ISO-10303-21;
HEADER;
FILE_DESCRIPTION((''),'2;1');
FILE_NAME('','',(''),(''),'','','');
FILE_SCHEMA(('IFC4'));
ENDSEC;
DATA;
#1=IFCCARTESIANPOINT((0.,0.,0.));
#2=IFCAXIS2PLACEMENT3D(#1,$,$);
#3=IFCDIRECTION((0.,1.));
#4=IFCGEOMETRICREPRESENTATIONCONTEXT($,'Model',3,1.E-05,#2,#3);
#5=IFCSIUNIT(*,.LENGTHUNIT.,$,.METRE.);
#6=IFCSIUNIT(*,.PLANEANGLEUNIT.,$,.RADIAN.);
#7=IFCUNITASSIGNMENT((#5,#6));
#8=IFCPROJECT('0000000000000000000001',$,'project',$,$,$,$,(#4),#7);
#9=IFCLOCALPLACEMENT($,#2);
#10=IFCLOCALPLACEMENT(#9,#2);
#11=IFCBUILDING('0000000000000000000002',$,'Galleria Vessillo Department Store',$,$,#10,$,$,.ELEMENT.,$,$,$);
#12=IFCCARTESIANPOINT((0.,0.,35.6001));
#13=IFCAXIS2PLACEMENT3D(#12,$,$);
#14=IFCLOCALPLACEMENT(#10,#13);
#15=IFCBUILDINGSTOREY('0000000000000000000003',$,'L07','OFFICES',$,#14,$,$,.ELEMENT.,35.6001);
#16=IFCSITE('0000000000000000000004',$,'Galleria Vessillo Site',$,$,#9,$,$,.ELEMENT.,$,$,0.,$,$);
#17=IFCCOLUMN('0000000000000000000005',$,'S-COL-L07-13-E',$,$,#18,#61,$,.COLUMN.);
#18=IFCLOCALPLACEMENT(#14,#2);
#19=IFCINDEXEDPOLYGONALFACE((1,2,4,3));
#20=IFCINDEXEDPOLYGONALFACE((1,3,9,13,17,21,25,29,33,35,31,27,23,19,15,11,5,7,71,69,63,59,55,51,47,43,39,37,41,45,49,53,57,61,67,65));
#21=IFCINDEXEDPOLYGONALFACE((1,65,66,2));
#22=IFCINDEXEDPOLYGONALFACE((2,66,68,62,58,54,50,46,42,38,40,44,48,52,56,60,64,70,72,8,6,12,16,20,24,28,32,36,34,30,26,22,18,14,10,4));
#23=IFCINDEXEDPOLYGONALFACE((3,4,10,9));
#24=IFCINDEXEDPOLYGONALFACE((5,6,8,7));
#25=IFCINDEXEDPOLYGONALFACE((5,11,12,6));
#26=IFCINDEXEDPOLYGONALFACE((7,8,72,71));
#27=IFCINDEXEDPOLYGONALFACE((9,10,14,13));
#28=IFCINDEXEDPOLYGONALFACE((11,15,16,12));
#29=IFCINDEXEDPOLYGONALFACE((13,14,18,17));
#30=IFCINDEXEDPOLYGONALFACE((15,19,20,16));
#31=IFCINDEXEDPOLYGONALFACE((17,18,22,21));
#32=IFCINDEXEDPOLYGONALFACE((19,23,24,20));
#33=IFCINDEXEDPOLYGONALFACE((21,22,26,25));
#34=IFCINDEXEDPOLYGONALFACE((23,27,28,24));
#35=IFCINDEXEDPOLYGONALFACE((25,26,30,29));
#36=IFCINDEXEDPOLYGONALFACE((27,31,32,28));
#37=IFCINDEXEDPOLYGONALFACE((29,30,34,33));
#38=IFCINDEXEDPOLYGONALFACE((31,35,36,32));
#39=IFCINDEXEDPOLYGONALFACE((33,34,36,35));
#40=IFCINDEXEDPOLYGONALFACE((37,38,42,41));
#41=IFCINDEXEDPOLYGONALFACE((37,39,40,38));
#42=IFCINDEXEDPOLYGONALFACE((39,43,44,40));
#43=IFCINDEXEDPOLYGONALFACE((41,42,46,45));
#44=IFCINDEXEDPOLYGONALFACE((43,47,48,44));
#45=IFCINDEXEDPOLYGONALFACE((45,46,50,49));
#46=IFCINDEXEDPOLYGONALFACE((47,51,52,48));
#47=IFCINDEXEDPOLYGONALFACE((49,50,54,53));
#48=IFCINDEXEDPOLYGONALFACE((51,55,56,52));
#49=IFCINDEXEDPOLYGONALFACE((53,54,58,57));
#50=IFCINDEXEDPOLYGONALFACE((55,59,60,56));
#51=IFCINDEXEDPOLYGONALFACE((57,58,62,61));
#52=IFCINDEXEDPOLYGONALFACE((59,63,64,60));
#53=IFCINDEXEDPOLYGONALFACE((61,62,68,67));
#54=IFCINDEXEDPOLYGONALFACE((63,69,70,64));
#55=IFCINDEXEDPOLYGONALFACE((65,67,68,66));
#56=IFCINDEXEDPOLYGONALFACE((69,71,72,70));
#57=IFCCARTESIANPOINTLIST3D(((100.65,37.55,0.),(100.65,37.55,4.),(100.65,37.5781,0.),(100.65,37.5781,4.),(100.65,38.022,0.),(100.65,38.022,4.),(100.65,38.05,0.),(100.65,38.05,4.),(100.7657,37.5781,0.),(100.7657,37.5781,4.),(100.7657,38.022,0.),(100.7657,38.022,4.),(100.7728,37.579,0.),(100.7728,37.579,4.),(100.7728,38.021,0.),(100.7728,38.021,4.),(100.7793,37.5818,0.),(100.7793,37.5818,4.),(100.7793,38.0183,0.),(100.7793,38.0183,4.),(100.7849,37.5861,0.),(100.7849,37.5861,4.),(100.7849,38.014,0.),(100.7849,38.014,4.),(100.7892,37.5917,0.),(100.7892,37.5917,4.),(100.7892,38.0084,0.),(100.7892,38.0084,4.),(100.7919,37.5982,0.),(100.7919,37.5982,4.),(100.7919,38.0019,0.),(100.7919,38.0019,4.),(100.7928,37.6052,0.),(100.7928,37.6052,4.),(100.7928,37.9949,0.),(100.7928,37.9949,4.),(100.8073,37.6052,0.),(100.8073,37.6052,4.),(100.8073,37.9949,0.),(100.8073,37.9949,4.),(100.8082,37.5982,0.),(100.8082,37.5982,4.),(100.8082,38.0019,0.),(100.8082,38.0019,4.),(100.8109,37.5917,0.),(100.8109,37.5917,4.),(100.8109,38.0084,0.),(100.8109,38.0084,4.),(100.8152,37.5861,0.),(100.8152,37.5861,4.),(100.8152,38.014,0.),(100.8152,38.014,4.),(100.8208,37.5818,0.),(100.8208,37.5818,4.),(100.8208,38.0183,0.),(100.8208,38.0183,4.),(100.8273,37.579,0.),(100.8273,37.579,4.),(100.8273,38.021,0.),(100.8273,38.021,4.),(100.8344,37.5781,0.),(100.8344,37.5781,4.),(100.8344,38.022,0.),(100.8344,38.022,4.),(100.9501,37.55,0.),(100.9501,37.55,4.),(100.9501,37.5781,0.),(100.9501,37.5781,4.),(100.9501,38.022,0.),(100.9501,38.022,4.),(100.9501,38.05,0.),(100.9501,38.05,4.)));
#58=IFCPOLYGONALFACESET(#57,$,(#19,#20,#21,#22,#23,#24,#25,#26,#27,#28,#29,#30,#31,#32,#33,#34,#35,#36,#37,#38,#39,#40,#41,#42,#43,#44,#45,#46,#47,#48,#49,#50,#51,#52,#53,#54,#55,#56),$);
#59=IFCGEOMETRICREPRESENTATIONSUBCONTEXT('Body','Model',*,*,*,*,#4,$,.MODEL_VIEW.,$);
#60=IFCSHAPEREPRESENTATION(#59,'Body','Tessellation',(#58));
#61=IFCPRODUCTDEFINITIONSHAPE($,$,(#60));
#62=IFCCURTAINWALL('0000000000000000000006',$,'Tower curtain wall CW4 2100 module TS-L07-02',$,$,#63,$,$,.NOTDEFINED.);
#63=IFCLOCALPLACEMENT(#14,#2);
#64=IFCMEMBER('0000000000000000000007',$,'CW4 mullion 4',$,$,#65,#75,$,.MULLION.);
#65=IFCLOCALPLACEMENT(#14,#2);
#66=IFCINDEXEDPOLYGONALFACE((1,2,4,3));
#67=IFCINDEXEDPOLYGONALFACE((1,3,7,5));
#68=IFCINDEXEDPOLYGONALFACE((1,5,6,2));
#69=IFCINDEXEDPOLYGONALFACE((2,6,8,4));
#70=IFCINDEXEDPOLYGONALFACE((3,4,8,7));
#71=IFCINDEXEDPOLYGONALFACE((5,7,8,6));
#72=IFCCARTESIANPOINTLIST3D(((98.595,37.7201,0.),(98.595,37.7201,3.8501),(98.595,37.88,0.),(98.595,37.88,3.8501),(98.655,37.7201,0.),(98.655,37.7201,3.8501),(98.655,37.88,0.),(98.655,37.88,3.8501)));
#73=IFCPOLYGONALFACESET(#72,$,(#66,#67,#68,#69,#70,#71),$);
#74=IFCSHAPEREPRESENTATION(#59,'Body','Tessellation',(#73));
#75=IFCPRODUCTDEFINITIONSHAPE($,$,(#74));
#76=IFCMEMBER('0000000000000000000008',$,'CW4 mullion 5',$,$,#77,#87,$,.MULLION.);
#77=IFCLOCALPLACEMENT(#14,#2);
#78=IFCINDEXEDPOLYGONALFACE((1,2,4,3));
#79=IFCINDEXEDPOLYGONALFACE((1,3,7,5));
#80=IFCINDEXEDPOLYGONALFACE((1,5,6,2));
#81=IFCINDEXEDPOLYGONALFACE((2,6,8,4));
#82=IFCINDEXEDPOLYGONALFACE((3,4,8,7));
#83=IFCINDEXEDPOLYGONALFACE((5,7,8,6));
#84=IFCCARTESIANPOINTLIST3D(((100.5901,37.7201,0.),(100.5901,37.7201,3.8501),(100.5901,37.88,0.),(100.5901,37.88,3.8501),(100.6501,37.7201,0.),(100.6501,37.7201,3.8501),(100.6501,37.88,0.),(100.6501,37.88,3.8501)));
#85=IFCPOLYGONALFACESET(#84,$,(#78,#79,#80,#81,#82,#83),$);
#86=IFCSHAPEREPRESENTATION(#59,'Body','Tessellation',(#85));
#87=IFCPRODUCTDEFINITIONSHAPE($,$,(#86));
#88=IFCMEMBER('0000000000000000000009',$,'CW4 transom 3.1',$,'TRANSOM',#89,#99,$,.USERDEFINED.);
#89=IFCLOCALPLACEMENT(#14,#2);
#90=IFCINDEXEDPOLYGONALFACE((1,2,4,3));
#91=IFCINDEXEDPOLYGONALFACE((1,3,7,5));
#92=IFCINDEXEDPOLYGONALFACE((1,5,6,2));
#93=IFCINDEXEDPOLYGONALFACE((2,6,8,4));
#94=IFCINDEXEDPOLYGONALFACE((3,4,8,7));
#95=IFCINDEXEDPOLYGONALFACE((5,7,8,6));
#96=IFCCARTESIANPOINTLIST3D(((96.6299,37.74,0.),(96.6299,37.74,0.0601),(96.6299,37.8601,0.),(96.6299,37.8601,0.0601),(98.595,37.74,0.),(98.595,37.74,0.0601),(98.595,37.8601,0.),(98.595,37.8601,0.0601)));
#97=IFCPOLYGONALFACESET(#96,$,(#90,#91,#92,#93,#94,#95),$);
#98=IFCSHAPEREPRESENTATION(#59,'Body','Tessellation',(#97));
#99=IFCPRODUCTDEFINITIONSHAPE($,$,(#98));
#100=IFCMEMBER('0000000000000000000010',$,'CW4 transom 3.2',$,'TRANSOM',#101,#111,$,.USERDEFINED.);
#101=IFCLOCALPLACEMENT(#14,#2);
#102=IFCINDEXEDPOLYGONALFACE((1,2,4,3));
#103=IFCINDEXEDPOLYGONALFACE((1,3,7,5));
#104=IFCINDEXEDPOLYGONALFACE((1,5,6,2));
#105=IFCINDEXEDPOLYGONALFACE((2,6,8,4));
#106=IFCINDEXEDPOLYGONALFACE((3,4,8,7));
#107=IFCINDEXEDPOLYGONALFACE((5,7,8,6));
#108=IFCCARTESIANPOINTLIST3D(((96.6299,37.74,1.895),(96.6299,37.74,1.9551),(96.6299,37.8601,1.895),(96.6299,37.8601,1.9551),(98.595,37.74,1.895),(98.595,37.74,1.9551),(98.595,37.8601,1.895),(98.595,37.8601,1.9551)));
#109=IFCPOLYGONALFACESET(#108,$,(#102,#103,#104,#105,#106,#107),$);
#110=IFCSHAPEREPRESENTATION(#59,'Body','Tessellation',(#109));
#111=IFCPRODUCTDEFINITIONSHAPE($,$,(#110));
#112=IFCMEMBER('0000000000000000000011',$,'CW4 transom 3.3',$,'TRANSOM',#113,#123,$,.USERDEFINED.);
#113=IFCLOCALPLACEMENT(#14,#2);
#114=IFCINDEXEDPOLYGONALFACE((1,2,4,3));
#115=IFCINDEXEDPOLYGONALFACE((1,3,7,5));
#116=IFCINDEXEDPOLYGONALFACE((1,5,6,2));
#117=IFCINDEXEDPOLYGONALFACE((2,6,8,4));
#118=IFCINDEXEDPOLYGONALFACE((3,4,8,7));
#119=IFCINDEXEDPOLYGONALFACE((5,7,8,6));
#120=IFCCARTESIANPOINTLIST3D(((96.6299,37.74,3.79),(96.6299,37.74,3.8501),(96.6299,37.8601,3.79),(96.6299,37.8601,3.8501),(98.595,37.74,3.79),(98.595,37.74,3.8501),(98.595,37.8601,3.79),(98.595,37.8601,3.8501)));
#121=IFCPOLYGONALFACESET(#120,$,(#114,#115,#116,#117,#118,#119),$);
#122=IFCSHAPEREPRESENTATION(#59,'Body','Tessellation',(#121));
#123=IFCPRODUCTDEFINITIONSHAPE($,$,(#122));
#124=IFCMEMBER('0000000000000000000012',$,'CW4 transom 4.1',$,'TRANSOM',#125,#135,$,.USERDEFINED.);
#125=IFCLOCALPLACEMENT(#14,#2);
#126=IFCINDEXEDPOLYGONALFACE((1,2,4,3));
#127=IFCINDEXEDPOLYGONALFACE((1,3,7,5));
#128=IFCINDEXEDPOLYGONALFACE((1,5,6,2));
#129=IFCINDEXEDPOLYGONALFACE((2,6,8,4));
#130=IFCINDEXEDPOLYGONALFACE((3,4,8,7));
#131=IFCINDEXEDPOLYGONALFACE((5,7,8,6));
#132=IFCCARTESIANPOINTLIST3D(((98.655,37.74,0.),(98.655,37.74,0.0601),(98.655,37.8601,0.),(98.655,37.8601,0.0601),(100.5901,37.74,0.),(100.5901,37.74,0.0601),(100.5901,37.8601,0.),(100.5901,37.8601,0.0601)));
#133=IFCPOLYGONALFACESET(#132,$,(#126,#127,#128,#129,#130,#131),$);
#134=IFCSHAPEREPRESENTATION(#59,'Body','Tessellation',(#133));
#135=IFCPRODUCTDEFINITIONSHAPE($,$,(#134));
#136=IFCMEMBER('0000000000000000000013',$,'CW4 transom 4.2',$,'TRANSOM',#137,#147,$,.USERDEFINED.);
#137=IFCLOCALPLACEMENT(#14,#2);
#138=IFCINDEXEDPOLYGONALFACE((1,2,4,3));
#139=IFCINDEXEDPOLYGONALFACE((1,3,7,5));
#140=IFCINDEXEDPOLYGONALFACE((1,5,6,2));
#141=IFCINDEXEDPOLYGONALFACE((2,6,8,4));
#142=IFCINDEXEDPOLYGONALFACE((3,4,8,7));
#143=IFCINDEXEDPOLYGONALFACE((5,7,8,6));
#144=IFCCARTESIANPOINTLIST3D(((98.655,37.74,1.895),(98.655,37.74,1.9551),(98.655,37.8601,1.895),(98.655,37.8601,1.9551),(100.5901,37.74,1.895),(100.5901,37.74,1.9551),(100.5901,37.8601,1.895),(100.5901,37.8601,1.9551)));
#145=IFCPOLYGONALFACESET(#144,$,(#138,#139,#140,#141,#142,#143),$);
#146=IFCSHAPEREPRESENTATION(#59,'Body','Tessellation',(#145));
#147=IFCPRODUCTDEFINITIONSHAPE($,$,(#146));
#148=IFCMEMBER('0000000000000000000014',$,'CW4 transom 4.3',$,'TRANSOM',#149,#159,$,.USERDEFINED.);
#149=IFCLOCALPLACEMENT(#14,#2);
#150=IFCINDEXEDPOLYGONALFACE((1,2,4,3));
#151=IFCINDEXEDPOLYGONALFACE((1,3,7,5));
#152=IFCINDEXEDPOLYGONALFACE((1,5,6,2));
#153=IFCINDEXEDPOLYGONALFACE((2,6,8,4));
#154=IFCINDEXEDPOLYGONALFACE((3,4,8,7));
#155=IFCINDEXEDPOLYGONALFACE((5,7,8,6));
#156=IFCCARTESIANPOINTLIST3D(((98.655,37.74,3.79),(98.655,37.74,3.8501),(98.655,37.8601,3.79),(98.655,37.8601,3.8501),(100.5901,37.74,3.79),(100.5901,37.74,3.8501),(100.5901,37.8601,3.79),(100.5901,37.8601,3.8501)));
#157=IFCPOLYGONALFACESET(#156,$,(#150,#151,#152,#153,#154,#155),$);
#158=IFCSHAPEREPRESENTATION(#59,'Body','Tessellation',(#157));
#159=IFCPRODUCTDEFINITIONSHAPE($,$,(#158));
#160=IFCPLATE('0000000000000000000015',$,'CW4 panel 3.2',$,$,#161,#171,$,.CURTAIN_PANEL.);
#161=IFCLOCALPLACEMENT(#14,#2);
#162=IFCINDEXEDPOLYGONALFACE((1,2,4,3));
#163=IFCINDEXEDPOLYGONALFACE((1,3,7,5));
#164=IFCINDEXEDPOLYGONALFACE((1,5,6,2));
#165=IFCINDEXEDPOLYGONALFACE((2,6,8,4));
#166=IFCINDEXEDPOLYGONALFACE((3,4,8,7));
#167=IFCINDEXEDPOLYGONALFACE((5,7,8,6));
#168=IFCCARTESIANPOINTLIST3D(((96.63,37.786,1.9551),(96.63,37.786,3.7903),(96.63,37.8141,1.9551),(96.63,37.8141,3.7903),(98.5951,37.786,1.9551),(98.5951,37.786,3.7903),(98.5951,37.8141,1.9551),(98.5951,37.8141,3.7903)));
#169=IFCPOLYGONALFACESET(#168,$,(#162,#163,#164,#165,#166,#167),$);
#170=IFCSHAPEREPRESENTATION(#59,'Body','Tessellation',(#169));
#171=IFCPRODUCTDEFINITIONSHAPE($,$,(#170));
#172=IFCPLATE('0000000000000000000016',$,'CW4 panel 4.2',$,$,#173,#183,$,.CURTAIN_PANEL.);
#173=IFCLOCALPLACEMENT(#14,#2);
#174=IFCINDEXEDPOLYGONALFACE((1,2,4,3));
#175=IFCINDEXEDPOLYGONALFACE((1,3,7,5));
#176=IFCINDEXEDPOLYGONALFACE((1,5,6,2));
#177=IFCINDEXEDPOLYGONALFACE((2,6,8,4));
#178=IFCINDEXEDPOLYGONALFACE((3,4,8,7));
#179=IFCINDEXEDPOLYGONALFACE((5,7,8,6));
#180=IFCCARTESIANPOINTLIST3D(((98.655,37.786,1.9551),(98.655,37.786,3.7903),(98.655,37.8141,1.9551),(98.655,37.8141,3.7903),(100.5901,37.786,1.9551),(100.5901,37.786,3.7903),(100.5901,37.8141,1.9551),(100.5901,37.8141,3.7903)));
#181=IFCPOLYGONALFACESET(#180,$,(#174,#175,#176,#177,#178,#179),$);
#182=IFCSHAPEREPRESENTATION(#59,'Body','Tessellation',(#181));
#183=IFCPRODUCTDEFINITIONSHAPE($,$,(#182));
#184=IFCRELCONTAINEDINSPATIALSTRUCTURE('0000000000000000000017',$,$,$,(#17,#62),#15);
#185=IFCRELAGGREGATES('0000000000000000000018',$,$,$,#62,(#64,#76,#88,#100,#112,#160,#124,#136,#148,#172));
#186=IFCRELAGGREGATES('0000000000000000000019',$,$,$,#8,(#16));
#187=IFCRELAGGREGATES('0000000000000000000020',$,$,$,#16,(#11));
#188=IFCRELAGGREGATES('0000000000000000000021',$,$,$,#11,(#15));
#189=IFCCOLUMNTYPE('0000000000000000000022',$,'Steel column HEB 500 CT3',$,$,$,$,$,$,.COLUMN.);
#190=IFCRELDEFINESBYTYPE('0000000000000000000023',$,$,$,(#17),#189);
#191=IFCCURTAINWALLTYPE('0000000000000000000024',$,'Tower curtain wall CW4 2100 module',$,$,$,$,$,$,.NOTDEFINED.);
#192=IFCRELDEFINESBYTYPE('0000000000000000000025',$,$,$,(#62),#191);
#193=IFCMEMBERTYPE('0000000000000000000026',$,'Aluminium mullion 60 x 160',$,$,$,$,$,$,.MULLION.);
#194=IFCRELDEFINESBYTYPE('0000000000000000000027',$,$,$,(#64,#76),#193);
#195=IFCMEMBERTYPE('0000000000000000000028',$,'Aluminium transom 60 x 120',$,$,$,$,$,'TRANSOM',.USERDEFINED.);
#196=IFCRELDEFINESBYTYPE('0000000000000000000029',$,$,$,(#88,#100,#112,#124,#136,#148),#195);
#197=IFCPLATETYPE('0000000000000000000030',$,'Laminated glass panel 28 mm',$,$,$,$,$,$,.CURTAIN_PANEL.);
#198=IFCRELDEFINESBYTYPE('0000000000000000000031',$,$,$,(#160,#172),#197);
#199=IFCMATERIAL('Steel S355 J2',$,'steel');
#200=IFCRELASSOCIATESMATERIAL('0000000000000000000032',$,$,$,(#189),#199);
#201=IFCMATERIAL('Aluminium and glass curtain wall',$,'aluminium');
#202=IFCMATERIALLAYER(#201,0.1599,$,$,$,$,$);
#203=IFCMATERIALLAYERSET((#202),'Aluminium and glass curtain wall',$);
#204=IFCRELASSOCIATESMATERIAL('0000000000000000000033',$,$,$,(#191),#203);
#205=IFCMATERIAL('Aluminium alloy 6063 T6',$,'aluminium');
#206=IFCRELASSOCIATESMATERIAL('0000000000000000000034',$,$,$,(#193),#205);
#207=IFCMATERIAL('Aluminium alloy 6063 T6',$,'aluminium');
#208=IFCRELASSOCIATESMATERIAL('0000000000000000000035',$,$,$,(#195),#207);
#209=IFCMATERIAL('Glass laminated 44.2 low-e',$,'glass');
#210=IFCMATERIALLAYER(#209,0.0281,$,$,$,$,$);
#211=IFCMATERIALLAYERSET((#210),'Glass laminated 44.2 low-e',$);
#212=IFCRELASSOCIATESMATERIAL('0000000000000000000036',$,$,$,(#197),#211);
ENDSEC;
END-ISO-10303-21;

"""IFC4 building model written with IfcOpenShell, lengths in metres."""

from ifc_helpers import new_model, si_unit, direction, frame, origin, origin_2d, place, context, subcontext, project, spatial, rectangle, i_section, extrude, material, layer, layer_set, material_profile, profile_set, type_object, element, aggregate, save


model = new_model("IFC4")

# Units and contexts
model_context = context("Model", 3, precision=1e-05, world=origin(), true_north=direction((0.0, 1.0)))
body_context = subcontext(model_context, "Body", "Model", "MODEL_VIEW")
ifc_project = project(units=[si_unit("LENGTHUNIT", "METRE"), si_unit("PLANEANGLEUNIT", "RADIAN")], contexts=[model_context])

# Site, building, storey
site_placement = place(None, origin())
site = spatial("IfcSite", under=ifc_project, at=site_placement, Name="Galleria Vessillo Site", CompositionType="ELEMENT", RefElevation=0.0)
building_placement = place(site_placement, origin())
building = spatial("IfcBuilding", under=site, at=building_placement, Name="Galleria Vessillo Department Store", CompositionType="ELEMENT")
storey_placement = place(building_placement, frame((0.0, 0.0, 35.6001)))
storey = spatial("IfcBuildingStorey", under=building, at=storey_placement, Name="L07", Description="OFFICES", CompositionType="ELEMENT", Elevation=35.6001)

# Column
ifc_material_1 = material(Name="Steel S355 J2", Category="steel")
ifc_material_profile_1 = material_profile(ifc_material_1, i_section(OverallWidth=0.3, OverallDepth=0.5, WebThickness=0.0144, FlangeThickness=0.0281, FilletRadius=0.0271, at=origin_2d()), Name="HEB 500")
ifc_profile_set_1 = profile_set([ifc_material_profile_1], Name="Steel S355 J2")
column_type = type_object("IfcColumnType", Name="Steel column HEB 500 CT3", PredefinedType="COLUMN", material=ifc_profile_set_1)
column_placement = place(storey_placement, frame((100.8, 37.8, 0.0), z_axis=(0.0, 0.0, 1.0), x_axis=(1.0, 0.0, 0.0)))
element("IfcColumn", 1, at=column_placement, inside=storey, type_object=column_type, Name="S-COL-L07-13-E", PredefinedType="COLUMN", context=body_context, shape_type="SweptSolid", body=[
    extrude(i_section(OverallWidth=0.3, OverallDepth=0.5, WebThickness=0.0144, FlangeThickness=0.0281, FilletRadius=0.0271, at=origin_2d()), origin(), (0.0, 0.0, 1.0), 4.0),
])

# Curtain wall, members, plates
ifc_material_2 = material(Name="Aluminium and glass curtain wall", Category="aluminium")
ifc_layer_1 = layer(ifc_material_2, 0.1599)
ifc_layer_set_1 = layer_set([ifc_layer_1], Name="Aluminium and glass curtain wall")
curtain_wall_type = type_object("IfcCurtainWallType", Name="Tower curtain wall CW4 2100 module", PredefinedType="NOTDEFINED", material=ifc_layer_set_1)
curtain_wall_placement = place(storey_placement, origin())
curtain_wall = element("IfcCurtainWall", 2, at=curtain_wall_placement, inside=storey, type_object=curtain_wall_type, Name="Tower curtain wall CW4 2100 module TS-L07-02", PredefinedType="NOTDEFINED")
ifc_material_3 = material(Name="Aluminium alloy 6063 T6", Category="aluminium")
ifc_material_profile_2 = material_profile(ifc_material_3, rectangle(XDim=0.1599, YDim=0.0601, at=origin_2d()), Name="AL 60x160")
ifc_profile_set_2 = profile_set([ifc_material_profile_2], Name="Aluminium alloy 6063 T6")
member_type_1 = type_object("IfcMemberType", Name="Aluminium mullion 60 x 160", PredefinedType="MULLION", material=ifc_profile_set_2)
member_1_placement = place(storey_placement, frame((98.625, 37.8, 0.0), z_axis=(0.0, 0.0, 1.0), x_axis=(0.0, 1.0, 0.0)))
member_1 = element("IfcMember", 3, at=member_1_placement, type_object=member_type_1, Name="CW4 mullion 4", PredefinedType="MULLION", context=body_context, shape_type="SweptSolid", body=[
    extrude(rectangle(XDim=0.1599, YDim=0.0601, at=origin_2d()), origin(), (0.0, 0.0, 1.0), 3.8501),
])
member_2_placement = place(storey_placement, frame((100.6201, 37.8, 0.0), z_axis=(0.0, 0.0, 1.0), x_axis=(0.0, 1.0, 0.0)))
member_2 = element("IfcMember", 4, at=member_2_placement, type_object=member_type_1, Name="CW4 mullion 5", PredefinedType="MULLION", context=body_context, shape_type="SweptSolid", body=[
    extrude(rectangle(XDim=0.1599, YDim=0.0601, at=origin_2d()), origin(), (0.0, 0.0, 1.0), 3.8501),
])
ifc_material_4 = material(Name="Aluminium alloy 6063 T6", Category="aluminium")
ifc_material_profile_3 = material_profile(ifc_material_4, rectangle(XDim=0.1201, YDim=0.0601, at=origin_2d()), Name="AL 60x120")
ifc_profile_set_3 = profile_set([ifc_material_profile_3], Name="Aluminium alloy 6063 T6")
member_type_2 = type_object("IfcMemberType", Name="Aluminium transom 60 x 120", ElementType="TRANSOM", PredefinedType="USERDEFINED", material=ifc_profile_set_3)
member_3_placement = place(storey_placement, frame((96.6299, 37.8, 0.03), z_axis=(1.0, 0.0, 0.0), x_axis=(0.0, 1.0, 0.0)))
member_3 = element("IfcMember", 5, at=member_3_placement, type_object=member_type_2, Name="CW4 transom 3.1", ObjectType="TRANSOM", PredefinedType="USERDEFINED", context=body_context, shape_type="SweptSolid", body=[
    extrude(rectangle(XDim=0.1201, YDim=0.0601, at=origin_2d()), origin(), (0.0, 0.0, 1.0), 1.9651),
])
member_4_placement = place(storey_placement, frame((96.6299, 37.8, 1.925), z_axis=(1.0, 0.0, 0.0), x_axis=(0.0, 1.0, 0.0)))
member_4 = element("IfcMember", 6, at=member_4_placement, type_object=member_type_2, Name="CW4 transom 3.2", ObjectType="TRANSOM", PredefinedType="USERDEFINED", context=body_context, shape_type="SweptSolid", body=[
    extrude(rectangle(XDim=0.1201, YDim=0.0601, at=origin_2d()), origin(), (0.0, 0.0, 1.0), 1.9651),
])
member_5_placement = place(storey_placement, frame((96.6299, 37.8, 3.8201), z_axis=(1.0, 0.0, 0.0), x_axis=(0.0, 1.0, 0.0)))
member_5 = element("IfcMember", 7, at=member_5_placement, type_object=member_type_2, Name="CW4 transom 3.3", ObjectType="TRANSOM", PredefinedType="USERDEFINED", context=body_context, shape_type="SweptSolid", body=[
    extrude(rectangle(XDim=0.1201, YDim=0.0601, at=origin_2d()), origin(), (0.0, 0.0, 1.0), 1.9651),
])
member_6_placement = place(storey_placement, frame((98.655, 37.8, 0.03), z_axis=(1.0, 0.0, 0.0), x_axis=(0.0, 1.0, 0.0)))
member_6 = element("IfcMember", 8, at=member_6_placement, type_object=member_type_2, Name="CW4 transom 4.1", ObjectType="TRANSOM", PredefinedType="USERDEFINED", context=body_context, shape_type="SweptSolid", body=[
    extrude(rectangle(XDim=0.1201, YDim=0.0601, at=origin_2d()), origin(), (0.0, 0.0, 1.0), 1.9351),
])
member_7_placement = place(storey_placement, frame((98.655, 37.8, 1.925), z_axis=(1.0, 0.0, 0.0), x_axis=(0.0, 1.0, 0.0)))
member_7 = element("IfcMember", 9, at=member_7_placement, type_object=member_type_2, Name="CW4 transom 4.2", ObjectType="TRANSOM", PredefinedType="USERDEFINED", context=body_context, shape_type="SweptSolid", body=[
    extrude(rectangle(XDim=0.1201, YDim=0.0601, at=origin_2d()), origin(), (0.0, 0.0, 1.0), 1.9351),
])
member_8_placement = place(storey_placement, frame((98.655, 37.8, 3.8201), z_axis=(1.0, 0.0, 0.0), x_axis=(0.0, 1.0, 0.0)))
member_8 = element("IfcMember", 10, at=member_8_placement, type_object=member_type_2, Name="CW4 transom 4.3", ObjectType="TRANSOM", PredefinedType="USERDEFINED", context=body_context, shape_type="SweptSolid", body=[
    extrude(rectangle(XDim=0.1201, YDim=0.0601, at=origin_2d()), origin(), (0.0, 0.0, 1.0), 1.9351),
])
ifc_material_5 = material(Name="Glass laminated 44.2 low-e", Category="glass")
ifc_layer_2 = layer(ifc_material_5, 0.0281)
ifc_layer_set_2 = layer_set([ifc_layer_2], Name="Glass laminated 44.2 low-e")
plate_type_1 = type_object("IfcPlateType", Name="Laminated glass panel 28 mm", PredefinedType="CURTAIN_PANEL", material=ifc_layer_set_2)
plate_1_placement = place(storey_placement, frame((97.6125, 37.8, 1.9551), z_axis=(0.0, 0.0, 1.0), x_axis=(1.0, 0.0, 0.0)))
plate_1 = element("IfcPlate", 11, at=plate_1_placement, type_object=plate_type_1, Name="CW4 panel 3.2", PredefinedType="CURTAIN_PANEL", context=body_context, shape_type="SweptSolid", body=[
    extrude(rectangle(XDim=1.9651, YDim=0.0281, at=origin_2d()), origin(), (0.0, 0.0, 1.0), 1.8352),
])
plate_2_placement = place(storey_placement, frame((99.6226, 37.8, 1.9551), z_axis=(0.0, 0.0, 1.0), x_axis=(1.0, 0.0, 0.0)))
plate_2 = element("IfcPlate", 12, at=plate_2_placement, type_object=plate_type_1, Name="CW4 panel 4.2", PredefinedType="CURTAIN_PANEL", context=body_context, shape_type="SweptSolid", body=[
    extrude(rectangle(XDim=1.9351, YDim=0.0281, at=origin_2d()), origin(), (0.0, 0.0, 1.0), 1.8352),
])
aggregate(curtain_wall, [member_1, member_2, member_3, member_4, member_5, plate_1, member_6, member_7, member_8, plate_2])

save(model, "model.ifc")
